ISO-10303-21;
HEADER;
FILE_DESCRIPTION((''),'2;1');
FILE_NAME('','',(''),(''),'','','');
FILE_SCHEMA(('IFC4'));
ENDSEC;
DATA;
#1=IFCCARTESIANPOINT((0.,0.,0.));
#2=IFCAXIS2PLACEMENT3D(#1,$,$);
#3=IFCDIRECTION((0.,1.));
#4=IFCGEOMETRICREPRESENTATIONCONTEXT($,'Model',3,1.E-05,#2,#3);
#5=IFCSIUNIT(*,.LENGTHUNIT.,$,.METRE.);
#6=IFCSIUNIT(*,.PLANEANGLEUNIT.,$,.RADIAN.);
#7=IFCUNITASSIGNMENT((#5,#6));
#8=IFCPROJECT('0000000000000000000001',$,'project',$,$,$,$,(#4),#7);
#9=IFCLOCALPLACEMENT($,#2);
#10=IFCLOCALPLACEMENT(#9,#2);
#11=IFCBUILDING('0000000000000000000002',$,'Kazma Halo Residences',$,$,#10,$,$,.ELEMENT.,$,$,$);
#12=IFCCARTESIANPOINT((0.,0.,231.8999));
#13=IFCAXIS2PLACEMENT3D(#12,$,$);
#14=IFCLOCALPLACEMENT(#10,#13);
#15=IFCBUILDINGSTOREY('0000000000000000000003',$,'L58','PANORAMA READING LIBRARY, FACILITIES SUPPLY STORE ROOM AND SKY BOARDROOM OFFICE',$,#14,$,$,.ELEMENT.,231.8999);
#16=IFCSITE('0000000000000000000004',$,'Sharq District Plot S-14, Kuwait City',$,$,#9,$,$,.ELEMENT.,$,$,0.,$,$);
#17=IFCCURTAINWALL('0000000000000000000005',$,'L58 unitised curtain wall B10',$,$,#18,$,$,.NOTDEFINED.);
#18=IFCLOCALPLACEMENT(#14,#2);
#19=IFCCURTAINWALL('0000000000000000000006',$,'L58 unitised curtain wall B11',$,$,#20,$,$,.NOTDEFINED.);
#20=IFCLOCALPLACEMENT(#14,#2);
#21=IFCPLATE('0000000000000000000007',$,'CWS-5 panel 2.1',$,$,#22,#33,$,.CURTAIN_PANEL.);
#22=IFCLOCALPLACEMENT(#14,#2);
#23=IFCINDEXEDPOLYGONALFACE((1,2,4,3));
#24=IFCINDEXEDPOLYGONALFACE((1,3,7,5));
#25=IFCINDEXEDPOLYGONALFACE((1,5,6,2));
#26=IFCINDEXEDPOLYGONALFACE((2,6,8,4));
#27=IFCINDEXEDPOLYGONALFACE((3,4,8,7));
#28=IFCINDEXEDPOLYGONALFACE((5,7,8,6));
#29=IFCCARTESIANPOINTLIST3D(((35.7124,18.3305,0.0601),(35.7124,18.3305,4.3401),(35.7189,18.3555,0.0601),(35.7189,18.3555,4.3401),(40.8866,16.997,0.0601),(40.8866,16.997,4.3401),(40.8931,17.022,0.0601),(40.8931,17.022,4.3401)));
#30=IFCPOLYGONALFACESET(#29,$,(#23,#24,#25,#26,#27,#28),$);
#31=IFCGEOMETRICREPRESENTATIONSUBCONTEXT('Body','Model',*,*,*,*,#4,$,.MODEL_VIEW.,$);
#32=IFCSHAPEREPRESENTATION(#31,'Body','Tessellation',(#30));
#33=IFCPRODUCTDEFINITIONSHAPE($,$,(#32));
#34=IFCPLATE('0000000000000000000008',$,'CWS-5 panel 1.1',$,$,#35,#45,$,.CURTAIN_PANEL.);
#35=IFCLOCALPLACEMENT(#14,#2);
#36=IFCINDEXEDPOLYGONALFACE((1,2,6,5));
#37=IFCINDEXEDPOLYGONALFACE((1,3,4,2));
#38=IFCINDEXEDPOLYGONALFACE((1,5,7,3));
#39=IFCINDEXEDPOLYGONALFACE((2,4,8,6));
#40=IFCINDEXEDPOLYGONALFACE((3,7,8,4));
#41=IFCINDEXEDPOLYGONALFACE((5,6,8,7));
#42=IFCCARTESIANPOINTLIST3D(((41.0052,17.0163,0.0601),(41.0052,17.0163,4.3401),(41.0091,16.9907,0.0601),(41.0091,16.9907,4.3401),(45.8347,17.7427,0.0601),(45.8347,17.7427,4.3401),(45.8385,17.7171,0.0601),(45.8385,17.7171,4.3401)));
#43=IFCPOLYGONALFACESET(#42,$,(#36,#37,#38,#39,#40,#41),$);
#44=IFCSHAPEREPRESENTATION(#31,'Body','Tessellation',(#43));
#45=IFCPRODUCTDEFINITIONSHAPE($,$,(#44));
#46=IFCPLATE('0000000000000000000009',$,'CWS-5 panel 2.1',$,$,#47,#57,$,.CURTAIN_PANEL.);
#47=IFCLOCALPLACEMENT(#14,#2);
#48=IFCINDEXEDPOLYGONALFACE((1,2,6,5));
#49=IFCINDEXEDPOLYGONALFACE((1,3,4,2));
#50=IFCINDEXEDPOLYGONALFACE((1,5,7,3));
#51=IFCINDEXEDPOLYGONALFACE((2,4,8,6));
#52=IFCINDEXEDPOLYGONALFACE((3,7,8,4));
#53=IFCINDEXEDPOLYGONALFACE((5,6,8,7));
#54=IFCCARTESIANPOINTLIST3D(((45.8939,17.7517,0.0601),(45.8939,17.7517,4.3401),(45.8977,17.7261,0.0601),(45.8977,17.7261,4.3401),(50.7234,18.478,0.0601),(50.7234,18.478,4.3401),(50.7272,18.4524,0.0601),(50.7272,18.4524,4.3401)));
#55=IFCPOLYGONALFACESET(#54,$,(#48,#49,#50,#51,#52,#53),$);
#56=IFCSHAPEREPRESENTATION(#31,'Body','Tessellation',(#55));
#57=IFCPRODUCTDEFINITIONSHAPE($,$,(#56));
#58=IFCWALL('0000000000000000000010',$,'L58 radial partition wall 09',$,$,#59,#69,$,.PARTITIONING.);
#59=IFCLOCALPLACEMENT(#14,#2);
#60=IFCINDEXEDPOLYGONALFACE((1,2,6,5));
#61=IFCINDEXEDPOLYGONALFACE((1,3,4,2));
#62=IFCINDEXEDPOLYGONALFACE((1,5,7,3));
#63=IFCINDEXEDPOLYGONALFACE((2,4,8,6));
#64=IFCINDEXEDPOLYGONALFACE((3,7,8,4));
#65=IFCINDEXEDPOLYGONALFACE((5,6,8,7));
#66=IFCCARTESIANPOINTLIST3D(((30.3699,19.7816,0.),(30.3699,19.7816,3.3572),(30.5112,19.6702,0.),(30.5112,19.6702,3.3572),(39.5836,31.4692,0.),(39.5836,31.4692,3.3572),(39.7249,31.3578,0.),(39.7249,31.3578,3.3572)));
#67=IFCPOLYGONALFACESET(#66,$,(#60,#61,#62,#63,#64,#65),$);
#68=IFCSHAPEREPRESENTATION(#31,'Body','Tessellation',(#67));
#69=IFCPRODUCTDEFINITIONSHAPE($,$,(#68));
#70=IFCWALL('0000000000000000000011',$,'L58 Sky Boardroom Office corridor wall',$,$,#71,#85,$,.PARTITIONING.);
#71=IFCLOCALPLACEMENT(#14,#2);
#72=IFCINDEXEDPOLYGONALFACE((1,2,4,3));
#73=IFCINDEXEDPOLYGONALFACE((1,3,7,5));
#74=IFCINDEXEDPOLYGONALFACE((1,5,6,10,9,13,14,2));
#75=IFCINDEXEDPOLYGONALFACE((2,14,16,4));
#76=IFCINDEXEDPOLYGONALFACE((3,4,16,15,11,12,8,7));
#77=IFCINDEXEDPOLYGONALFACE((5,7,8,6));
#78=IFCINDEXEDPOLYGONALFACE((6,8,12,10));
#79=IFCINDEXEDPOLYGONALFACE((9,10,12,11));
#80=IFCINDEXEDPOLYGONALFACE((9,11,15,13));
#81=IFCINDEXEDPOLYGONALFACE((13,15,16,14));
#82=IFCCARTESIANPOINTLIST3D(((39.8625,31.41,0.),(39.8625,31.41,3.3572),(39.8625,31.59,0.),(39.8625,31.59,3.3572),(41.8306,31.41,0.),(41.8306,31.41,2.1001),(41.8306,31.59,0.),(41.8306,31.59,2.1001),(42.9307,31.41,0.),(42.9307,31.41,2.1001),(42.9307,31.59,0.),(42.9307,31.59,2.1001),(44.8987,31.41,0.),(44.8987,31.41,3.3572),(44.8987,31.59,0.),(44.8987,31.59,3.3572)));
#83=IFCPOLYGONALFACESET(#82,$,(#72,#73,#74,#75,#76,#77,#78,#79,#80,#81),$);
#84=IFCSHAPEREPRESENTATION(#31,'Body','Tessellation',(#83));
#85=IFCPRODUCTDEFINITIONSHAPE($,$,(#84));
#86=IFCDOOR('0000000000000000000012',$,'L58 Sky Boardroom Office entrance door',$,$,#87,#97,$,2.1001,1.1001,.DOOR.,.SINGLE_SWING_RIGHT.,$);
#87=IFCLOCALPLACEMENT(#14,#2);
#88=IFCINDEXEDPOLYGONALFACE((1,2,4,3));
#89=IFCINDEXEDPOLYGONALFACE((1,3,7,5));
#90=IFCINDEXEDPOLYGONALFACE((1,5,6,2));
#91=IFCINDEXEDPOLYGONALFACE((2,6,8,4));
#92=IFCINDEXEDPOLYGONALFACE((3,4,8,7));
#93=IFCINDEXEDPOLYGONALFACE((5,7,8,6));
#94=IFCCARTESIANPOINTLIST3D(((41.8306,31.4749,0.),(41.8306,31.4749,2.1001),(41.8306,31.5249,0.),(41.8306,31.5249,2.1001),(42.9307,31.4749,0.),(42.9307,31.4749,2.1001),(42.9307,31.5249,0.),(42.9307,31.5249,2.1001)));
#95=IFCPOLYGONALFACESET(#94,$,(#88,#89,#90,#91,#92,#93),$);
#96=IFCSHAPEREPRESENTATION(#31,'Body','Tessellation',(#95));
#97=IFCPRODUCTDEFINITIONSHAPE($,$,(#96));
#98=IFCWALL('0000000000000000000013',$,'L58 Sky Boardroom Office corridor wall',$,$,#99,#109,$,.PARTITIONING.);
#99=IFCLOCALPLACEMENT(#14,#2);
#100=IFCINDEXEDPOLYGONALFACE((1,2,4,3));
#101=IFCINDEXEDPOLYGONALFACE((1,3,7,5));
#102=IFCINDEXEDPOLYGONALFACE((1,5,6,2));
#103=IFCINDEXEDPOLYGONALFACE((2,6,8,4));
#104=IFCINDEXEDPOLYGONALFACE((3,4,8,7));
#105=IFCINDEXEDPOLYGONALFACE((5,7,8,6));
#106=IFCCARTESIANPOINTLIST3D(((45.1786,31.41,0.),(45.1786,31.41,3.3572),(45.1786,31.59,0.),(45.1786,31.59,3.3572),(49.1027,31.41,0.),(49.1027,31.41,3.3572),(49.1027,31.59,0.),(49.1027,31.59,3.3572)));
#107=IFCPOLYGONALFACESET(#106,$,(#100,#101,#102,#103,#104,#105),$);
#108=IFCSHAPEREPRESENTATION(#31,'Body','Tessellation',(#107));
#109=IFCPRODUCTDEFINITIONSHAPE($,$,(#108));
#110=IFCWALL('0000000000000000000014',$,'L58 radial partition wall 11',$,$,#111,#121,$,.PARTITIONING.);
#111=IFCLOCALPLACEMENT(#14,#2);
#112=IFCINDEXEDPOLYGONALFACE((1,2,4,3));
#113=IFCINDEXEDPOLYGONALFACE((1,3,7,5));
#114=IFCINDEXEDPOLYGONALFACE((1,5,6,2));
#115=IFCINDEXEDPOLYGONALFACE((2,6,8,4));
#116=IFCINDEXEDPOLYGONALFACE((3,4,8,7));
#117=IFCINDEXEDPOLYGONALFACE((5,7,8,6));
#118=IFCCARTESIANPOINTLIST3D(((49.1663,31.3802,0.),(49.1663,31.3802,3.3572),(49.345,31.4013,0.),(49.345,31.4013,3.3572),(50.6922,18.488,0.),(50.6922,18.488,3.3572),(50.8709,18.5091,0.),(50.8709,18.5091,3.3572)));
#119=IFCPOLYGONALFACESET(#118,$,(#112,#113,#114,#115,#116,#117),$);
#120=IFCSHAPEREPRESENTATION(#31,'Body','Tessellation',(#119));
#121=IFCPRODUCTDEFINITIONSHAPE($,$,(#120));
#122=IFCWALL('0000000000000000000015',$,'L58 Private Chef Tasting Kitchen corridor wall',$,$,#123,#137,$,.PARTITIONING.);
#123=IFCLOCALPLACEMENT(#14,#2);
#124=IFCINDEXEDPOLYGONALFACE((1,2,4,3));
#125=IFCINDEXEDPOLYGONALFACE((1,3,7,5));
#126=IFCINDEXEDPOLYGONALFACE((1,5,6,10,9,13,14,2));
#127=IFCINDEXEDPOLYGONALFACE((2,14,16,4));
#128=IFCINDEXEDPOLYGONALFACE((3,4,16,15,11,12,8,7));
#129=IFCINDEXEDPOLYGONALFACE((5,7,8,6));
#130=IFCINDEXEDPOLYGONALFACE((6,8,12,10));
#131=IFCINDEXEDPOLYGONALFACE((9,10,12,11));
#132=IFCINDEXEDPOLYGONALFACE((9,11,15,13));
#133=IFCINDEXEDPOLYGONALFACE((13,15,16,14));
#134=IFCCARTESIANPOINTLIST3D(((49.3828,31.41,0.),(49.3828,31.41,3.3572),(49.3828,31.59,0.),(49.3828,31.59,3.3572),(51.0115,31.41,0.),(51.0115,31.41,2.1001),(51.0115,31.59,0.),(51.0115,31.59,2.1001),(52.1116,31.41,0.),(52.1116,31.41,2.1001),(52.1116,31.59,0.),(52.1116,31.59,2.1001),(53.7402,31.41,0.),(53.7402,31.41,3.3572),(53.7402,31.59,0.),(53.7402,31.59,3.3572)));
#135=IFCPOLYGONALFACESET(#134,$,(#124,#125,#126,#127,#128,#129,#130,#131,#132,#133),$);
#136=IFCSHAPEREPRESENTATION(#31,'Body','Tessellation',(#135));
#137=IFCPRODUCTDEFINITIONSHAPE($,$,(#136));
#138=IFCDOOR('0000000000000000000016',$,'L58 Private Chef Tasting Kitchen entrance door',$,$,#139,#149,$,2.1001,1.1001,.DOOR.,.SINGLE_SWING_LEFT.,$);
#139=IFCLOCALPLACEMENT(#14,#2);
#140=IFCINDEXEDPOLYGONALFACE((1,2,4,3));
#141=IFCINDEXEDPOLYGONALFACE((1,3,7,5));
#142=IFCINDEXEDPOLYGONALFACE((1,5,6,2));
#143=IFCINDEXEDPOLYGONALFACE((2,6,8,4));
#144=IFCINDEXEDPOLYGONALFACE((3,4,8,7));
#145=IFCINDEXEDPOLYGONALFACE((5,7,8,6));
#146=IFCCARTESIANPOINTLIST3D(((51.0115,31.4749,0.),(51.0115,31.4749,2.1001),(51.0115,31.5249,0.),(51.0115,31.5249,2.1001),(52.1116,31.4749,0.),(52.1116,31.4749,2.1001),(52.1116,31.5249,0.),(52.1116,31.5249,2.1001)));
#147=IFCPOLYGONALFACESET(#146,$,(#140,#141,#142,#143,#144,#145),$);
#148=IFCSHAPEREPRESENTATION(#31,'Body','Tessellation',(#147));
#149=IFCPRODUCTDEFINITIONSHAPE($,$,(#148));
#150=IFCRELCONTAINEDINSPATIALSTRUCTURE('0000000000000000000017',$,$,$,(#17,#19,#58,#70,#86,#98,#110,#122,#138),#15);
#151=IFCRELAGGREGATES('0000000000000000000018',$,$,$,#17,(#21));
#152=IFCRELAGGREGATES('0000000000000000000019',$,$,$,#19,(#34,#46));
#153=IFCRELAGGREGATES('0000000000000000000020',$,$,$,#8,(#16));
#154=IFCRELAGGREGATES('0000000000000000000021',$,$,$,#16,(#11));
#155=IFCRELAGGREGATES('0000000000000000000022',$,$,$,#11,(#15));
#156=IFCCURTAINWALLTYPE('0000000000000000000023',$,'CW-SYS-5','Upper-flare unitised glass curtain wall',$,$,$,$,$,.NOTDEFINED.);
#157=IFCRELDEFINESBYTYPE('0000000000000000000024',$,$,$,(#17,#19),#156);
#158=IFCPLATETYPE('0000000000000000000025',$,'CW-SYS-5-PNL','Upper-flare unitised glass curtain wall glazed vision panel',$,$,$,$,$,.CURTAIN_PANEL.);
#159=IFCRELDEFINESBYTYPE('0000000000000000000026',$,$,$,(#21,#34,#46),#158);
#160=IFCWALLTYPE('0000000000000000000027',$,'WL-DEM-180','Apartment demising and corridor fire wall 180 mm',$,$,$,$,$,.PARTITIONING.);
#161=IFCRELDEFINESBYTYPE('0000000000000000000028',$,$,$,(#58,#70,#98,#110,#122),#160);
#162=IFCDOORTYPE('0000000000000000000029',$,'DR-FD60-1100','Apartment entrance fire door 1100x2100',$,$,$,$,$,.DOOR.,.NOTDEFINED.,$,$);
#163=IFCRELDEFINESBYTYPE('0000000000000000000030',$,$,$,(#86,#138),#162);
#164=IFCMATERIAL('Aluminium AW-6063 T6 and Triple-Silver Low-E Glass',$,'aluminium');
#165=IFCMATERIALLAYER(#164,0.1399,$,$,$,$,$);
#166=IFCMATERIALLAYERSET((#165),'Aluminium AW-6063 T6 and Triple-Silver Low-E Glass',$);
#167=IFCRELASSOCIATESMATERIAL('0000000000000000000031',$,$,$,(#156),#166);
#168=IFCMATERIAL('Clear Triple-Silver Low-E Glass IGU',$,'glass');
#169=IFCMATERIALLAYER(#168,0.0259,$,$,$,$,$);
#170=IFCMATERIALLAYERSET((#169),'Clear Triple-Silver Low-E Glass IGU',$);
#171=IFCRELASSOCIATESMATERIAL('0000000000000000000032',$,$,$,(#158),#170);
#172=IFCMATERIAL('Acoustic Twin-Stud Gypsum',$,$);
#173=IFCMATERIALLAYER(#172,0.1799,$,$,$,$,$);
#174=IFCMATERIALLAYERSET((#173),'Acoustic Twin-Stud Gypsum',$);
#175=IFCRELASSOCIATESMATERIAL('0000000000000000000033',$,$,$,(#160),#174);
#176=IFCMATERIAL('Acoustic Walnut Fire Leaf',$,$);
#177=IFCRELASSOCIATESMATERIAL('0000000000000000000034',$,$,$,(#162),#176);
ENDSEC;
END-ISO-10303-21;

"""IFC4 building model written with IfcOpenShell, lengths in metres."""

from ifc_helpers import new_model, si_unit, direction, frame, frame_2d, origin, origin_2d, place, context, subcontext, project, spatial, rectangle, extrude, material, layer, layer_set, type_object, element, fill, aggregate, save


model = new_model("IFC4")

# Units and contexts
model_context = context("Model", 3, precision=1e-05, world=origin(), true_north=direction((0.0, 1.0)))
body_context = subcontext(model_context, "Body", "Model", "MODEL_VIEW")
ifc_project = project(units=[si_unit("LENGTHUNIT", "METRE"), si_unit("PLANEANGLEUNIT", "RADIAN")], contexts=[model_context])

# Site, building, storey
site_placement = place(None, origin())
site = spatial("IfcSite", under=ifc_project, at=site_placement, Name="Sharq District Plot S-14, Kuwait City", CompositionType="ELEMENT", RefElevation=0.0)
building_placement = place(site_placement, origin())
building = spatial("IfcBuilding", under=site, at=building_placement, Name="Kazma Halo Residences", CompositionType="ELEMENT")
storey_placement = place(building_placement, frame((0.0, 0.0, 231.8999)))
storey = spatial("IfcBuildingStorey", under=building, at=storey_placement, Name="L58", Description="PANORAMA READING LIBRARY, FACILITIES SUPPLY STORE ROOM AND SKY BOARDROOM OFFICE", CompositionType="ELEMENT", Elevation=231.8999)

# Curtain walls
ifc_material_1 = material(Name="Aluminium AW-6063 T6 and Triple-Silver Low-E Glass", Category="aluminium")
ifc_layer_1 = layer(ifc_material_1, 0.1399)
ifc_layer_set_1 = layer_set([ifc_layer_1], Name="Aluminium AW-6063 T6 and Triple-Silver Low-E Glass")
curtain_wall_type = type_object("IfcCurtainWallType", Name="CW-SYS-5", Description="Upper-flare unitised glass curtain wall", PredefinedType="NOTDEFINED", material=ifc_layer_set_1)
curtain_wall_1_placement = place(storey_placement, origin())
curtain_wall_1 = element("IfcCurtainWall", 1, at=curtain_wall_1_placement, inside=storey, type_object=curtain_wall_type, Name="L58 unitised curtain wall B10", PredefinedType="NOTDEFINED")
curtain_wall_2_placement = place(storey_placement, origin())
curtain_wall_2 = element("IfcCurtainWall", 2, at=curtain_wall_2_placement, inside=storey, type_object=curtain_wall_type, Name="L58 unitised curtain wall B11", PredefinedType="NOTDEFINED")

# Plates
ifc_material_2 = material(Name="Clear Triple-Silver Low-E Glass IGU", Category="glass")
ifc_layer_2 = layer(ifc_material_2, 0.0259)
ifc_layer_set_2 = layer_set([ifc_layer_2], Name="Clear Triple-Silver Low-E Glass IGU")
plate_type = type_object("IfcPlateType", Name="CW-SYS-5-PNL", Description="Upper-flare unitised glass curtain wall glazed vision panel", PredefinedType="CURTAIN_PANEL", material=ifc_layer_set_2)
plate_1_placement = place(storey_placement, frame((38.3027, 17.6763, 0.0601), z_axis=(0.0, 0.0, 1.0), x_axis=(0.968358, -0.249567, 0.0)))
plate_1 = element("IfcPlate", 3, at=plate_1_placement, type_object=plate_type, Name="CWS-5 panel 2.1", PredefinedType="CURTAIN_PANEL", context=body_context, shape_type="SweptSolid", body=[
    extrude(rectangle(XDim=5.3433, YDim=0.0259, at=origin_2d()), origin(), (0.0, 0.0, 1.0), 4.28),
])
aggregate(curtain_wall_1, [plate_1])
plate_2_placement = place(storey_placement, frame((43.4219, 17.3667, 0.0601), z_axis=(0.0, 0.0, 1.0), x_axis=(0.988877, 0.148733, 0.0)))
plate_2 = element("IfcPlate", 4, at=plate_2_placement, type_object=plate_type, Name="CWS-5 panel 1.1", PredefinedType="CURTAIN_PANEL", context=body_context, shape_type="SweptSolid", body=[
    extrude(rectangle(XDim=4.8838, YDim=0.0259, at=origin_2d()), origin(), (0.0, 0.0, 1.0), 4.28),
])
plate_3_placement = place(storey_placement, frame((48.3105, 18.1021, 0.0601), z_axis=(0.0, 0.0, 1.0), x_axis=(0.988877, 0.148733, 0.0)))
plate_3 = element("IfcPlate", 5, at=plate_3_placement, type_object=plate_type, Name="CWS-5 panel 2.1", PredefinedType="CURTAIN_PANEL", context=body_context, shape_type="SweptSolid", body=[
    extrude(rectangle(XDim=4.8838, YDim=0.0259, at=origin_2d()), origin(), (0.0, 0.0, 1.0), 4.28),
])
aggregate(curtain_wall_2, [plate_2, plate_3])

# Wall
ifc_material_3 = material(Name="Acoustic Twin-Stud Gypsum")
ifc_layer_3 = layer(ifc_material_3, 0.1799)
ifc_layer_set_3 = layer_set([ifc_layer_3], Name="Acoustic Twin-Stud Gypsum")
wall_type = type_object("IfcWallType", Name="WL-DEM-180", Description="Apartment demising and corridor fire wall 180 mm", PredefinedType="PARTITIONING", material=ifc_layer_set_3)
wall_1_placement = place(storey_placement, frame((39.6543, 31.4136, 0.0), z_axis=(0.0, 0.0, 1.0), x_axis=(-0.619092, -0.785319, 0.0)))
element("IfcWall", 6, at=wall_1_placement, inside=storey, type_object=wall_type, Name="L58 radial partition wall 09", PredefinedType="PARTITIONING", context=body_context, shape_type="SweptSolid", body=[
    extrude(rectangle(XDim=14.8826, YDim=0.1799, at=frame_2d((7.4414, 0.0))), origin(), (0.0, 0.0, 1.0), 3.3572),
])

# Wall, opening, door
wall_2_placement = place(storey_placement, frame((39.8625, 31.5, 0.0), z_axis=(0.0, 0.0, 1.0), x_axis=(1.0, 0.0, 0.0)))
wall_2 = element("IfcWall", 7, at=wall_2_placement, inside=storey, type_object=wall_type, Name="L58 Sky Boardroom Office corridor wall", PredefinedType="PARTITIONING", context=body_context, shape_type="SweptSolid", body=[
    extrude(rectangle(XDim=5.0361, YDim=0.1799, at=frame_2d((2.5181, 0.0))), origin(), (0.0, 0.0, 1.0), 3.3572),
])
opening_1_placement = place(wall_2_placement, frame((1.968, 0.0, 0.0)))
opening_1 = element("IfcOpeningElement", 8, at=opening_1_placement, cuts=wall_2, PredefinedType="OPENING", context=body_context, shape_type="SweptSolid", body=[
    extrude(rectangle(XDim=1.1001, YDim=2.1001, at=frame_2d((0.55, 1.05))), frame((0.0, 0.0999, 0.0), z_axis=(0.0, -1.0, 0.0), x_axis=(1.0, 0.0, 0.0)), (0.0, 0.0, 1.0), 0.2),
])
ifc_material_4 = material(Name="Acoustic Walnut Fire Leaf")
door_type = type_object("IfcDoorType", Name="DR-FD60-1100", Description="Apartment entrance fire door 1100x2100", OperationType="NOTDEFINED", PredefinedType="DOOR", material=ifc_material_4)
door_1_placement = place(opening_1_placement, origin())
door_1 = element("IfcDoor", 9, at=door_1_placement, inside=storey, type_object=door_type, Name="L58 Sky Boardroom Office entrance door", OperationType="SINGLE_SWING_RIGHT", OverallHeight=2.1001, OverallWidth=1.1001, PredefinedType="DOOR", context=body_context, shape_type="SweptSolid", body=[
    extrude(rectangle(XDim=1.1001, YDim=2.1001, at=frame_2d((0.55, 1.05))), frame((0.0, 0.0249, 0.0), z_axis=(0.0, -1.0, 0.0), x_axis=(1.0, 0.0, 0.0)), (0.0, 0.0, 1.0), 0.05),
])
fill(opening_1, door_1)

# Walls
wall_3_placement = place(storey_placement, frame((45.1787, 31.5, 0.0), z_axis=(0.0, 0.0, 1.0), x_axis=(1.0, 0.0, 0.0)))
element("IfcWall", 10, at=wall_3_placement, inside=storey, type_object=wall_type, Name="L58 Sky Boardroom Office corridor wall", PredefinedType="PARTITIONING", context=body_context, shape_type="SweptSolid", body=[
    extrude(rectangle(XDim=3.9241, YDim=0.1799, at=frame_2d((1.9619, 0.0))), origin(), (0.0, 0.0, 1.0), 3.3572),
])
wall_4_placement = place(storey_placement, frame((49.2556, 31.3909, 0.0), z_axis=(0.0, 0.0, 1.0), x_axis=(0.117537, -0.993068, 0.0)))
element("IfcWall", 11, at=wall_4_placement, inside=storey, type_object=wall_type, Name="L58 radial partition wall 11", PredefinedType="PARTITIONING", context=body_context, shape_type="SweptSolid", body=[
    extrude(rectangle(XDim=12.9822, YDim=0.1799, at=frame_2d((6.4912, 0.0))), origin(), (0.0, 0.0, 1.0), 3.3572),
])

# Wall, opening, door
wall_5_placement = place(storey_placement, frame((49.3828, 31.5, 0.0), z_axis=(0.0, 0.0, 1.0), x_axis=(1.0, 0.0, 0.0)))
wall_5 = element("IfcWall", 12, at=wall_5_placement, inside=storey, type_object=wall_type, Name="L58 Private Chef Tasting Kitchen corridor wall", PredefinedType="PARTITIONING", context=body_context, shape_type="SweptSolid", body=[
    extrude(rectangle(XDim=4.3574, YDim=0.1799, at=frame_2d((2.1787, 0.0))), origin(), (0.0, 0.0, 1.0), 3.3572),
])
opening_2_placement = place(wall_5_placement, frame((1.6287, 0.0, 0.0)))
opening_2 = element("IfcOpeningElement", 13, at=opening_2_placement, cuts=wall_5, PredefinedType="OPENING", context=body_context, shape_type="SweptSolid", body=[
    extrude(rectangle(XDim=1.1001, YDim=2.1001, at=frame_2d((0.55, 1.05))), frame((0.0, 0.0999, 0.0), z_axis=(0.0, -1.0, 0.0), x_axis=(1.0, 0.0, 0.0)), (0.0, 0.0, 1.0), 0.2),
])
door_2_placement = place(opening_2_placement, origin())
door_2 = element("IfcDoor", 14, at=door_2_placement, inside=storey, type_object=door_type, Name="L58 Private Chef Tasting Kitchen entrance door", OperationType="SINGLE_SWING_LEFT", OverallHeight=2.1001, OverallWidth=1.1001, PredefinedType="DOOR", context=body_context, shape_type="SweptSolid", body=[
    extrude(rectangle(XDim=1.1001, YDim=2.1001, at=frame_2d((0.55, 1.05))), frame((0.0, 0.0249, 0.0), z_axis=(0.0, -1.0, 0.0), x_axis=(1.0, 0.0, 0.0)), (0.0, 0.0, 1.0), 0.05),
])
fill(opening_2, door_2)

save(model, "model.ifc")
